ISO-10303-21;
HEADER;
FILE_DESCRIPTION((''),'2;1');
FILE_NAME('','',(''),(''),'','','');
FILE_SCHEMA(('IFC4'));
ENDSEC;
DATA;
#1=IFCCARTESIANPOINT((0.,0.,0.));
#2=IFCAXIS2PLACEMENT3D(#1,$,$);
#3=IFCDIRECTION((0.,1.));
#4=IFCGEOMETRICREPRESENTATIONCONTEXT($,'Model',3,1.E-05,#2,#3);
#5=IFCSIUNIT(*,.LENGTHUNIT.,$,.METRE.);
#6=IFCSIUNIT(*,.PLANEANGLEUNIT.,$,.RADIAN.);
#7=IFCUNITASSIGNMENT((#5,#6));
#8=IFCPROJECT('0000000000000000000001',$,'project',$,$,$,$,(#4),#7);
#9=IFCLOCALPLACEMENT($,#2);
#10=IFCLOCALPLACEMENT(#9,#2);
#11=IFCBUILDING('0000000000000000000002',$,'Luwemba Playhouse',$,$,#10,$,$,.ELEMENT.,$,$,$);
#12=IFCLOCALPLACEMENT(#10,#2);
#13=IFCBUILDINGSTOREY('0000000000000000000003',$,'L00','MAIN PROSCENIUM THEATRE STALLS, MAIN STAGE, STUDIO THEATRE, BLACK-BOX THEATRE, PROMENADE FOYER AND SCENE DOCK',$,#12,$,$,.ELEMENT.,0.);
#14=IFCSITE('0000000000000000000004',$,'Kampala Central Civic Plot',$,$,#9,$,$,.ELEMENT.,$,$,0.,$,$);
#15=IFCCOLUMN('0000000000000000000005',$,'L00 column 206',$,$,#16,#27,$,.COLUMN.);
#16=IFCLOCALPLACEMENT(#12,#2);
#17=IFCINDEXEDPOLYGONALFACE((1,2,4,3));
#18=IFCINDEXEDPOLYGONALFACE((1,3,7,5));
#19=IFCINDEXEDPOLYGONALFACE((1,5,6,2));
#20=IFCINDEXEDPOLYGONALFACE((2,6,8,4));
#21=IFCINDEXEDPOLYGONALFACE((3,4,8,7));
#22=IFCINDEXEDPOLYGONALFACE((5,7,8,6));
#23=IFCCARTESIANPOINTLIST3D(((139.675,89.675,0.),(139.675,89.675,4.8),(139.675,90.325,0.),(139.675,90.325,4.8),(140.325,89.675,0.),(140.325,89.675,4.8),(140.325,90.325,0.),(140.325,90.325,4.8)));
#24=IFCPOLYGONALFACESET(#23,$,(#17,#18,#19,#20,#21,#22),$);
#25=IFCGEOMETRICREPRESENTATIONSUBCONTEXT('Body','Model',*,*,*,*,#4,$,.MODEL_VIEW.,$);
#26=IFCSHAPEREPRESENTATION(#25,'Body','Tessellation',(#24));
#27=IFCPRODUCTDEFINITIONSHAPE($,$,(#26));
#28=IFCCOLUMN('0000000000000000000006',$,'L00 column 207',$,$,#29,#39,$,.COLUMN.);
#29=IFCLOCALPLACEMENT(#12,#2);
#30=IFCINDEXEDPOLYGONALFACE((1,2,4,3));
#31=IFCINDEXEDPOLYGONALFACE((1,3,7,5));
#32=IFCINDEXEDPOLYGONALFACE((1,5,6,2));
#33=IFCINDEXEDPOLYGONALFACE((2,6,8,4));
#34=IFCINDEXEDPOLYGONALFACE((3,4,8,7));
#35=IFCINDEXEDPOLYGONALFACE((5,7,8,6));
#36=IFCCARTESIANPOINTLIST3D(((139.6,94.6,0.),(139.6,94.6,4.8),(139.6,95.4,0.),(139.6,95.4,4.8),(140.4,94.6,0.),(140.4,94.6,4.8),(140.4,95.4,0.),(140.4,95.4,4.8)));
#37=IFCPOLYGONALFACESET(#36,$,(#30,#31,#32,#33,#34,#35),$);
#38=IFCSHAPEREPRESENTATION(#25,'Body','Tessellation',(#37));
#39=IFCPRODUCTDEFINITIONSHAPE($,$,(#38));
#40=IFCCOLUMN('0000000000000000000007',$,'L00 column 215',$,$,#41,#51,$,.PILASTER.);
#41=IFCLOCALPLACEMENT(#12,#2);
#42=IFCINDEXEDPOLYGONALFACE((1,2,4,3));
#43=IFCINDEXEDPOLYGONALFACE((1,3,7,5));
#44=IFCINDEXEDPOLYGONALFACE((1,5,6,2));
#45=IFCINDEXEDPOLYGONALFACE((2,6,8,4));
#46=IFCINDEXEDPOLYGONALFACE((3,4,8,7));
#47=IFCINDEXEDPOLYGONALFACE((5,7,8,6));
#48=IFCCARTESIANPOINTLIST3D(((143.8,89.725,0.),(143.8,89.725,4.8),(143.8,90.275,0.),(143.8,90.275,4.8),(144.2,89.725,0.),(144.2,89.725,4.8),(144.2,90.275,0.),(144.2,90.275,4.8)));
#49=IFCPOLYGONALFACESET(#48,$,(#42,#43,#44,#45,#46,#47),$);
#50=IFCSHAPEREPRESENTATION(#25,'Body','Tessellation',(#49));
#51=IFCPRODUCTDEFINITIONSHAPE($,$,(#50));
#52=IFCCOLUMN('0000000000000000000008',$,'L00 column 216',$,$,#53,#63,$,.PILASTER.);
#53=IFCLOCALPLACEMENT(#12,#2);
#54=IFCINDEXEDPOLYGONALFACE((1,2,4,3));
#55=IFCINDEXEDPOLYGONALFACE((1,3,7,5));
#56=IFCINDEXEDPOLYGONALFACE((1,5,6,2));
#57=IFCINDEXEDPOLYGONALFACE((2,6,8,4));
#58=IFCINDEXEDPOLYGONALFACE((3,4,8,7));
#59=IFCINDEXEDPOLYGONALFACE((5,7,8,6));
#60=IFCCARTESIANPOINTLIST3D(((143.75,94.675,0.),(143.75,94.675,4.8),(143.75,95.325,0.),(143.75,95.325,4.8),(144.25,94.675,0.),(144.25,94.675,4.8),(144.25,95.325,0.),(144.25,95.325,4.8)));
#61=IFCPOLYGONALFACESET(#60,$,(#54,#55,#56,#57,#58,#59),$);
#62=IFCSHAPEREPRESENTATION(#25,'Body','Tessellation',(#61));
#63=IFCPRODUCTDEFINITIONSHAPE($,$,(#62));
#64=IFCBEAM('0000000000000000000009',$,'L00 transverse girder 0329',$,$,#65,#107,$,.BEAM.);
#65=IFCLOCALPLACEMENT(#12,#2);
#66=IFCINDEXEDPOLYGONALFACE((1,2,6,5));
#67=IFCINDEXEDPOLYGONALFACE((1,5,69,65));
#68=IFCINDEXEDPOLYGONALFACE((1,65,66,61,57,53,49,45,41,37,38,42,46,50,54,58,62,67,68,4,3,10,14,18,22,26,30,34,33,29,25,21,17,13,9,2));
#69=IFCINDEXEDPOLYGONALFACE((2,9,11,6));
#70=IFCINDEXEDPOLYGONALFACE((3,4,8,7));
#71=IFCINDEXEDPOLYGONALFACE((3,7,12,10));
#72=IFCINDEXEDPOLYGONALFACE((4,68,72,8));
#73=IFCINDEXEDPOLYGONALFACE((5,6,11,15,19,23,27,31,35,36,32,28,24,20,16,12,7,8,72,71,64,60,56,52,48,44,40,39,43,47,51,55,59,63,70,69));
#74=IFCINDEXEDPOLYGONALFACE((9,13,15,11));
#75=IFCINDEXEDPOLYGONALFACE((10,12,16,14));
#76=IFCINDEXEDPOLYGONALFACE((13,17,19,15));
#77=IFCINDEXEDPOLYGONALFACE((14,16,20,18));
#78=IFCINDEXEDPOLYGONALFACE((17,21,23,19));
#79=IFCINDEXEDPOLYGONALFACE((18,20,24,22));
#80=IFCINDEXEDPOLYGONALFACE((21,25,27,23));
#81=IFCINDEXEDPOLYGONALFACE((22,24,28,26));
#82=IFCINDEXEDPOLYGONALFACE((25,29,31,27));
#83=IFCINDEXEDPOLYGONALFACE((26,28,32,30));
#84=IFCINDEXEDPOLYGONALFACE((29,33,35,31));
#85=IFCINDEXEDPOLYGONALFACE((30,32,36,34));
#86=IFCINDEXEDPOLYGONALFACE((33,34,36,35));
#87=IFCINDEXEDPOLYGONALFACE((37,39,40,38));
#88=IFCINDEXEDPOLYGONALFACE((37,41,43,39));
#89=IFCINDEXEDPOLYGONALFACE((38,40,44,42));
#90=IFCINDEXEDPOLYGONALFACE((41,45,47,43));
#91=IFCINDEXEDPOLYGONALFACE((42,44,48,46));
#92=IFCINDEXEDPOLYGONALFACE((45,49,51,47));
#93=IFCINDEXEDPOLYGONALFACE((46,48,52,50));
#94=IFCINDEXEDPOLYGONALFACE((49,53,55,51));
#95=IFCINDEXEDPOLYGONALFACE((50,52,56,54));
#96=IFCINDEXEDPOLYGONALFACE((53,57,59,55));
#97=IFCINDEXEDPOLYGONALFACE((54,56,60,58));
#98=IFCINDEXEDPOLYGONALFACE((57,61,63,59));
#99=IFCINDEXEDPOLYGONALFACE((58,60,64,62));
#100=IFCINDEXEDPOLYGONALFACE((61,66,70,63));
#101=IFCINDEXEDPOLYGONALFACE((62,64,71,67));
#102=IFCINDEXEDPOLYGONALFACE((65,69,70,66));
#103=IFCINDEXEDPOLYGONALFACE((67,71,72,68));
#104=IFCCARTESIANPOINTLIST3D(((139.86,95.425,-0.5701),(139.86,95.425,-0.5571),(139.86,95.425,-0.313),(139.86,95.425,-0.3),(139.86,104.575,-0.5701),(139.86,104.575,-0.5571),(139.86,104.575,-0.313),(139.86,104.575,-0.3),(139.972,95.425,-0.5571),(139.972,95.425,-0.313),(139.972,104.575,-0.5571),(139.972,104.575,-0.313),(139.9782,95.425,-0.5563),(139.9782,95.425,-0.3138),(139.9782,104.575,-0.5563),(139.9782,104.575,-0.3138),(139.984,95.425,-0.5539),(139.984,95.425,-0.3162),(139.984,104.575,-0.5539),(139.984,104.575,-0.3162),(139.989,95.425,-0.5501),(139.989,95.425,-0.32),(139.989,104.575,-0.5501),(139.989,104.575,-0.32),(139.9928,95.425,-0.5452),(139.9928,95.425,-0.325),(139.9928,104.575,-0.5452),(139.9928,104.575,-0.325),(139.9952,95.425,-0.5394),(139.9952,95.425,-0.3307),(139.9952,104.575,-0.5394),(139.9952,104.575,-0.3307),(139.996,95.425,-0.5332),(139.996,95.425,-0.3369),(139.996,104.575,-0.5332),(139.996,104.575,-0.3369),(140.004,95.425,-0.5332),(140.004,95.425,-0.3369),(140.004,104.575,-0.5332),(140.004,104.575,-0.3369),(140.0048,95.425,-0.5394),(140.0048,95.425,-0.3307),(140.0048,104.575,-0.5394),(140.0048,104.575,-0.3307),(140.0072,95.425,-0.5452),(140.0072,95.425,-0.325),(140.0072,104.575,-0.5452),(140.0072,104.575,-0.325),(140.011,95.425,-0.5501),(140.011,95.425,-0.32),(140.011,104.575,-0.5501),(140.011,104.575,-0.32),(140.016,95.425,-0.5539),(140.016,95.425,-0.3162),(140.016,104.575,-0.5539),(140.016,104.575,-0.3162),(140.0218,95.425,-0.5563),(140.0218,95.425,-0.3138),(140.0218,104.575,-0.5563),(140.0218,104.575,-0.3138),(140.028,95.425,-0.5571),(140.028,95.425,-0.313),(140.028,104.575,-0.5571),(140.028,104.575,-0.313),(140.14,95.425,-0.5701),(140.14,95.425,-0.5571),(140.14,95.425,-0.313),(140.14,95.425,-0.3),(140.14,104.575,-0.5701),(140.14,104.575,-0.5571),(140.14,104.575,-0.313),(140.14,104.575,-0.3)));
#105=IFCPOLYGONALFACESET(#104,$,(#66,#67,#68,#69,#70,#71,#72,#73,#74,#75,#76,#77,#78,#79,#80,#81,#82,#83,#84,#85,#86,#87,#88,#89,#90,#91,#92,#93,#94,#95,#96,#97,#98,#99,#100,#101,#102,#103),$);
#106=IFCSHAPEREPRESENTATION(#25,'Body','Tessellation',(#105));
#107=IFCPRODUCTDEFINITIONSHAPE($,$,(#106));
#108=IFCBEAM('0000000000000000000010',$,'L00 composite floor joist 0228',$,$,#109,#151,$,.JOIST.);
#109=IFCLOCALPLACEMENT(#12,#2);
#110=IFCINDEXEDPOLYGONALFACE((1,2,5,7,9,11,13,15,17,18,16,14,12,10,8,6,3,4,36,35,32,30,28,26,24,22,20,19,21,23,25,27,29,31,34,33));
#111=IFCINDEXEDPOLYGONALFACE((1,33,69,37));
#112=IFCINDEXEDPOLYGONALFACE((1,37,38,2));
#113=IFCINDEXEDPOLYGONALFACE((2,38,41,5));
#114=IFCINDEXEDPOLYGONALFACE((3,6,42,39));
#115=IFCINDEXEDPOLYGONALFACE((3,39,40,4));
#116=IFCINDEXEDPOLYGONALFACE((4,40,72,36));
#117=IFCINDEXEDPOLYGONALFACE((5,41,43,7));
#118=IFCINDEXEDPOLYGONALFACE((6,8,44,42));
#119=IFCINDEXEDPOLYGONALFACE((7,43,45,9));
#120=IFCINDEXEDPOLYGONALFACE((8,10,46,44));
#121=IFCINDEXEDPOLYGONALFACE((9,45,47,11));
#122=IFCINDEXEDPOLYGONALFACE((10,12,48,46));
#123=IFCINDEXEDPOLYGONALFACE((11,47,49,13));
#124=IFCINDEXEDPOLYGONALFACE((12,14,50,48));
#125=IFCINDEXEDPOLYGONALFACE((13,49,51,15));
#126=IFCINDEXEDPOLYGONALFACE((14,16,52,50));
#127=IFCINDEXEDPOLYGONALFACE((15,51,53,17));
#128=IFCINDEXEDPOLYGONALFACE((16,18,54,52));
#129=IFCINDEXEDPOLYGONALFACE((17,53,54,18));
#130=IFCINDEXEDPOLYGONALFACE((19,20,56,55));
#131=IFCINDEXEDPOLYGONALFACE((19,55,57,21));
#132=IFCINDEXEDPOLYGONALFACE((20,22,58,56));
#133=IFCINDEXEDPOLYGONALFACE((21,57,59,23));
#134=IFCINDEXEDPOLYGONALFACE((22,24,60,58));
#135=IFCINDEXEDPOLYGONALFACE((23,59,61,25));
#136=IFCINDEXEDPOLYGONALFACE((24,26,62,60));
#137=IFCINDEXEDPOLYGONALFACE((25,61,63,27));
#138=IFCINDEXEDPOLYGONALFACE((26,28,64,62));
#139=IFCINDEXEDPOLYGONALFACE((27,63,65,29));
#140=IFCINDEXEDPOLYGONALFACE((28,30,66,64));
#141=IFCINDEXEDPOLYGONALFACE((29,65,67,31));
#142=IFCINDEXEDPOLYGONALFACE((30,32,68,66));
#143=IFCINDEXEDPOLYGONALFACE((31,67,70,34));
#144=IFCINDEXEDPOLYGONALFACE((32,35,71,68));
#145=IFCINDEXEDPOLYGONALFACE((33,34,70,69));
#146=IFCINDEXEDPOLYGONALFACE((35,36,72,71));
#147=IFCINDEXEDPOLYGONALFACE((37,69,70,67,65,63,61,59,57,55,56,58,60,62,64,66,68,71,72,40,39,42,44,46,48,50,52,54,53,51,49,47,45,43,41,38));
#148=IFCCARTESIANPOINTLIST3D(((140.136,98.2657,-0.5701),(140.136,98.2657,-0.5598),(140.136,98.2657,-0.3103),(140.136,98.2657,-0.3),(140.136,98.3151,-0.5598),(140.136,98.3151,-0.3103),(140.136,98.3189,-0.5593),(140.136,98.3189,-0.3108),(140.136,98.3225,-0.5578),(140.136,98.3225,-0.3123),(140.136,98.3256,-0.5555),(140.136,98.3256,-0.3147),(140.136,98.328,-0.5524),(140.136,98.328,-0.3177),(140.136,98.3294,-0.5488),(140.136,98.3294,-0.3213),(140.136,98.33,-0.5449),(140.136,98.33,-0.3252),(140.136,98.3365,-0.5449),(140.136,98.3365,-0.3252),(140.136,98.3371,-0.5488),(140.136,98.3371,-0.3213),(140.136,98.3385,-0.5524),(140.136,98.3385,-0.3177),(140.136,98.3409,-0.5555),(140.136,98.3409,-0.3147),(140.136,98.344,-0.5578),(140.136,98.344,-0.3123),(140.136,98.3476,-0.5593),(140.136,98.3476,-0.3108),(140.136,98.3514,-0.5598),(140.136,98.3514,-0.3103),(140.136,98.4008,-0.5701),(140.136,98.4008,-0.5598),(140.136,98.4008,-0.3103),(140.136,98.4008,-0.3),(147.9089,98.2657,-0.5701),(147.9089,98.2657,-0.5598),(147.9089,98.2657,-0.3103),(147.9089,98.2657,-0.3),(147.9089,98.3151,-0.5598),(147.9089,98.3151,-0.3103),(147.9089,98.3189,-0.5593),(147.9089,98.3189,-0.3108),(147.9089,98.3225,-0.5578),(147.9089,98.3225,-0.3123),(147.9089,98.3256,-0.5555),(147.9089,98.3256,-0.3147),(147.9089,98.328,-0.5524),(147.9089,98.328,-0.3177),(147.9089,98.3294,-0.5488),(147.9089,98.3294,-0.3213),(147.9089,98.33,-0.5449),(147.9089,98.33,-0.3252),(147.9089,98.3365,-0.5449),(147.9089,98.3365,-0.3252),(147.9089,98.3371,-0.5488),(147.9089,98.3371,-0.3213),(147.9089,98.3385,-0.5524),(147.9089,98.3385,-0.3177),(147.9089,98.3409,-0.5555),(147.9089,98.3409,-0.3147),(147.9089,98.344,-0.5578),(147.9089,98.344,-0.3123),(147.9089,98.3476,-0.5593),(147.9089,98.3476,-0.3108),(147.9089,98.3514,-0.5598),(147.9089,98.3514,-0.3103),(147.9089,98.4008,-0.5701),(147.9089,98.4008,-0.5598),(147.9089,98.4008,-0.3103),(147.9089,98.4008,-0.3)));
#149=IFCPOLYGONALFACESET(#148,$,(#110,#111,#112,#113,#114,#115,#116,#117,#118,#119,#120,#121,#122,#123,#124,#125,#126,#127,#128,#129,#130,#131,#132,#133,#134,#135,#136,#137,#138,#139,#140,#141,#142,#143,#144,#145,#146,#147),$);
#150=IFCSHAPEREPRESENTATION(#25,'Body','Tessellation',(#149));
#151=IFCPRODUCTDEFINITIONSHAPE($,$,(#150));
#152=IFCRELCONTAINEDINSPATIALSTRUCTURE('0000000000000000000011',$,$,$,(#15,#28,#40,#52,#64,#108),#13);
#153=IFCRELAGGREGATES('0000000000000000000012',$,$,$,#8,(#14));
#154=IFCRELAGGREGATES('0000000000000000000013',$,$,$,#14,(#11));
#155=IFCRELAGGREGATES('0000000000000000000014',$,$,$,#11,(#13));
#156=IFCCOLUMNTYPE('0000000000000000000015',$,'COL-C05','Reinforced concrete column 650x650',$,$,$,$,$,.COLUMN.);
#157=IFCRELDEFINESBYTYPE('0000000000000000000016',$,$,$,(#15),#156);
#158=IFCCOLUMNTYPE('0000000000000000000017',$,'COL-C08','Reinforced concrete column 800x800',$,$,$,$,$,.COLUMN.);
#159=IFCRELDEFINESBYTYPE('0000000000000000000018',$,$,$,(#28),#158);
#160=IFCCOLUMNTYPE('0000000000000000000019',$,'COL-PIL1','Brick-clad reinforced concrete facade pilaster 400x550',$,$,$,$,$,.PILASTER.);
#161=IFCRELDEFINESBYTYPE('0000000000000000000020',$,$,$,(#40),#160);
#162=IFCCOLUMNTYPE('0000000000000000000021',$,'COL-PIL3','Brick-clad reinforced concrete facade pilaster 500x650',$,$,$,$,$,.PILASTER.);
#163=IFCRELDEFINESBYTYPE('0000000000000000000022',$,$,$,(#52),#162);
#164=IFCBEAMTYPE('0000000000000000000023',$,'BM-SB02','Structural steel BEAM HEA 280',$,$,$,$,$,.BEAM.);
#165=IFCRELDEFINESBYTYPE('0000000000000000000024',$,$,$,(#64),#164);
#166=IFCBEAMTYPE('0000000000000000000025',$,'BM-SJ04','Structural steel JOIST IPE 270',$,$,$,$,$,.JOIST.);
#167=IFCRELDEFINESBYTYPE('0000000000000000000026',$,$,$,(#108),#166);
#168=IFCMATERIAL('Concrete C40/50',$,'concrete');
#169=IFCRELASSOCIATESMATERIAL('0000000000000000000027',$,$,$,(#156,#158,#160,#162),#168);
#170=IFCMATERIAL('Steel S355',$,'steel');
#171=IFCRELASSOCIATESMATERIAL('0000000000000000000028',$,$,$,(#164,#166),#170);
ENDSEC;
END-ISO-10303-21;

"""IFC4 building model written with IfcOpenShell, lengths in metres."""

from ifc_helpers import new_model, si_unit, direction, frame, origin, origin_2d, place, context, subcontext, project, spatial, rectangle, i_section, extrude, material, material_profile, profile_set, type_object, element, save


model = new_model("IFC4")

# Units and contexts
model_context = context("Model", 3, precision=1e-05, world=origin(), true_north=direction((0.0, 1.0)))
body_context = subcontext(model_context, "Body", "Model", "MODEL_VIEW")
ifc_project = project(units=[si_unit("LENGTHUNIT", "METRE"), si_unit("PLANEANGLEUNIT", "RADIAN")], contexts=[model_context])

# Site, building, storey
site_placement = place(None, origin())
site = spatial("IfcSite", under=ifc_project, at=site_placement, Name="Kampala Central Civic Plot", CompositionType="ELEMENT", RefElevation=0.0)
building_placement = place(site_placement, origin())
building = spatial("IfcBuilding", under=site, at=building_placement, Name="Luwemba Playhouse", CompositionType="ELEMENT")
storey_placement = place(building_placement, origin())
storey = spatial("IfcBuildingStorey", under=building, at=storey_placement, Name="L00", Description="MAIN PROSCENIUM THEATRE STALLS, MAIN STAGE, STUDIO THEATRE, BLACK-BOX THEATRE, PROMENADE FOYER AND SCENE DOCK", CompositionType="ELEMENT", Elevation=0.0)

# Columns
ifc_material_1 = material(Name="Concrete C40/50", Category="concrete")
ifc_material_profile_1 = material_profile(ifc_material_1, rectangle(XDim=0.6499, YDim=0.6499, at=origin_2d()))
ifc_profile_set_1 = profile_set([ifc_material_profile_1], Name="Concrete C40/50")
column_type_1 = type_object("IfcColumnType", Name="COL-C05", Description="Reinforced concrete column 650x650", PredefinedType="COLUMN", material=ifc_profile_set_1)
column_1_placement = place(storey_placement, frame((140.0, 90.0, 0.0), z_axis=(0.0, 0.0, 1.0), x_axis=(1.0, 0.0, 0.0)))
element("IfcColumn", 1, at=column_1_placement, inside=storey, type_object=column_type_1, Name="L00 column 206", PredefinedType="COLUMN", context=body_context, shape_type="SweptSolid", body=[
    extrude(rectangle(XDim=0.6499, YDim=0.6499, at=origin_2d()), origin(), (0.0, 0.0, 1.0), 4.8),
])
ifc_material_profile_2 = material_profile(ifc_material_1, rectangle(XDim=0.8, YDim=0.8, at=origin_2d()))
ifc_profile_set_2 = profile_set([ifc_material_profile_2], Name="Concrete C40/50")
column_type_2 = type_object("IfcColumnType", Name="COL-C08", Description="Reinforced concrete column 800x800", PredefinedType="COLUMN", material=ifc_profile_set_2)
column_2_placement = place(storey_placement, frame((140.0, 95.0, 0.0), z_axis=(0.0, 0.0, 1.0), x_axis=(1.0, 0.0, 0.0)))
element("IfcColumn", 2, at=column_2_placement, inside=storey, type_object=column_type_2, Name="L00 column 207", PredefinedType="COLUMN", context=body_context, shape_type="SweptSolid", body=[
    extrude(rectangle(XDim=0.8, YDim=0.8, at=origin_2d()), origin(), (0.0, 0.0, 1.0), 4.8),
])
ifc_material_profile_3 = material_profile(ifc_material_1, rectangle(XDim=0.3999, YDim=0.55, at=origin_2d()))
ifc_profile_set_3 = profile_set([ifc_material_profile_3], Name="Concrete C40/50")
column_type_3 = type_object("IfcColumnType", Name="COL-PIL1", Description="Brick-clad reinforced concrete facade pilaster 400x550", PredefinedType="PILASTER", material=ifc_profile_set_3)
column_3_placement = place(storey_placement, frame((144.0, 90.0, 0.0), z_axis=(0.0, 0.0, 1.0), x_axis=(1.0, 0.0, 0.0)))
element("IfcColumn", 3, at=column_3_placement, inside=storey, type_object=column_type_3, Name="L00 column 215", PredefinedType="PILASTER", context=body_context, shape_type="SweptSolid", body=[
    extrude(rectangle(XDim=0.3999, YDim=0.55, at=origin_2d()), origin(), (0.0, 0.0, 1.0), 4.8),
])
ifc_material_profile_4 = material_profile(ifc_material_1, rectangle(XDim=0.5, YDim=0.6499, at=origin_2d()))
ifc_profile_set_4 = profile_set([ifc_material_profile_4], Name="Concrete C40/50")
column_type_4 = type_object("IfcColumnType", Name="COL-PIL3", Description="Brick-clad reinforced concrete facade pilaster 500x650", PredefinedType="PILASTER", material=ifc_profile_set_4)
column_4_placement = place(storey_placement, frame((144.0, 95.0, 0.0), z_axis=(0.0, 0.0, 1.0), x_axis=(1.0, 0.0, 0.0)))
element("IfcColumn", 4, at=column_4_placement, inside=storey, type_object=column_type_4, Name="L00 column 216", PredefinedType="PILASTER", context=body_context, shape_type="SweptSolid", body=[
    extrude(rectangle(XDim=0.5, YDim=0.6499, at=origin_2d()), origin(), (0.0, 0.0, 1.0), 4.8),
])

# Beams
ifc_material_2 = material(Name="Steel S355", Category="steel")
ifc_material_profile_5 = material_profile(ifc_material_2, i_section(OverallWidth=0.28, OverallDepth=0.27, WebThickness=0.0081, FlangeThickness=0.0129, FilletRadius=0.0239, at=origin_2d()))
ifc_profile_set_5 = profile_set([ifc_material_profile_5], Name="Steel S355")
beam_type_1 = type_object("IfcBeamType", Name="BM-SB02", Description="Structural steel BEAM HEA 280", PredefinedType="BEAM", material=ifc_profile_set_5)
beam_1_placement = place(storey_placement, frame((140.0, 95.425, -0.4351), z_axis=(0.0, 1.0, 0.0), x_axis=(-1.0, 0.0, 0.0)))
element("IfcBeam", 5, at=beam_1_placement, inside=storey, type_object=beam_type_1, Name="L00 transverse girder 0329", PredefinedType="BEAM", context=body_context, shape_type="SweptSolid", body=[
    extrude(i_section(OverallWidth=0.28, OverallDepth=0.27, WebThickness=0.0081, FlangeThickness=0.0129, FilletRadius=0.0239, at=origin_2d()), origin(), (0.0, 0.0, 1.0), 9.1499),
])
ifc_material_profile_6 = material_profile(ifc_material_2, i_section(OverallWidth=0.135, OverallDepth=0.27, WebThickness=0.0066, FlangeThickness=0.0103, FilletRadius=0.0149, at=origin_2d()))
ifc_profile_set_6 = profile_set([ifc_material_profile_6], Name="Steel S355")
beam_type_2 = type_object("IfcBeamType", Name="BM-SJ04", Description="Structural steel JOIST IPE 270", PredefinedType="JOIST", material=ifc_profile_set_6)
beam_2_placement = place(storey_placement, frame((140.136, 98.3333, -0.4351), z_axis=(1.0, 0.0, 0.0), x_axis=(0.0, 1.0, 0.0)))
element("IfcBeam", 6, at=beam_2_placement, inside=storey, type_object=beam_type_2, Name="L00 composite floor joist 0228", PredefinedType="JOIST", context=body_context, shape_type="SweptSolid", body=[
    extrude(i_section(OverallWidth=0.135, OverallDepth=0.27, WebThickness=0.0066, FlangeThickness=0.0103, FilletRadius=0.0149, at=origin_2d()), origin(), (0.0, 0.0, 1.0), 7.7729),
])

save(model, "model.ifc")
